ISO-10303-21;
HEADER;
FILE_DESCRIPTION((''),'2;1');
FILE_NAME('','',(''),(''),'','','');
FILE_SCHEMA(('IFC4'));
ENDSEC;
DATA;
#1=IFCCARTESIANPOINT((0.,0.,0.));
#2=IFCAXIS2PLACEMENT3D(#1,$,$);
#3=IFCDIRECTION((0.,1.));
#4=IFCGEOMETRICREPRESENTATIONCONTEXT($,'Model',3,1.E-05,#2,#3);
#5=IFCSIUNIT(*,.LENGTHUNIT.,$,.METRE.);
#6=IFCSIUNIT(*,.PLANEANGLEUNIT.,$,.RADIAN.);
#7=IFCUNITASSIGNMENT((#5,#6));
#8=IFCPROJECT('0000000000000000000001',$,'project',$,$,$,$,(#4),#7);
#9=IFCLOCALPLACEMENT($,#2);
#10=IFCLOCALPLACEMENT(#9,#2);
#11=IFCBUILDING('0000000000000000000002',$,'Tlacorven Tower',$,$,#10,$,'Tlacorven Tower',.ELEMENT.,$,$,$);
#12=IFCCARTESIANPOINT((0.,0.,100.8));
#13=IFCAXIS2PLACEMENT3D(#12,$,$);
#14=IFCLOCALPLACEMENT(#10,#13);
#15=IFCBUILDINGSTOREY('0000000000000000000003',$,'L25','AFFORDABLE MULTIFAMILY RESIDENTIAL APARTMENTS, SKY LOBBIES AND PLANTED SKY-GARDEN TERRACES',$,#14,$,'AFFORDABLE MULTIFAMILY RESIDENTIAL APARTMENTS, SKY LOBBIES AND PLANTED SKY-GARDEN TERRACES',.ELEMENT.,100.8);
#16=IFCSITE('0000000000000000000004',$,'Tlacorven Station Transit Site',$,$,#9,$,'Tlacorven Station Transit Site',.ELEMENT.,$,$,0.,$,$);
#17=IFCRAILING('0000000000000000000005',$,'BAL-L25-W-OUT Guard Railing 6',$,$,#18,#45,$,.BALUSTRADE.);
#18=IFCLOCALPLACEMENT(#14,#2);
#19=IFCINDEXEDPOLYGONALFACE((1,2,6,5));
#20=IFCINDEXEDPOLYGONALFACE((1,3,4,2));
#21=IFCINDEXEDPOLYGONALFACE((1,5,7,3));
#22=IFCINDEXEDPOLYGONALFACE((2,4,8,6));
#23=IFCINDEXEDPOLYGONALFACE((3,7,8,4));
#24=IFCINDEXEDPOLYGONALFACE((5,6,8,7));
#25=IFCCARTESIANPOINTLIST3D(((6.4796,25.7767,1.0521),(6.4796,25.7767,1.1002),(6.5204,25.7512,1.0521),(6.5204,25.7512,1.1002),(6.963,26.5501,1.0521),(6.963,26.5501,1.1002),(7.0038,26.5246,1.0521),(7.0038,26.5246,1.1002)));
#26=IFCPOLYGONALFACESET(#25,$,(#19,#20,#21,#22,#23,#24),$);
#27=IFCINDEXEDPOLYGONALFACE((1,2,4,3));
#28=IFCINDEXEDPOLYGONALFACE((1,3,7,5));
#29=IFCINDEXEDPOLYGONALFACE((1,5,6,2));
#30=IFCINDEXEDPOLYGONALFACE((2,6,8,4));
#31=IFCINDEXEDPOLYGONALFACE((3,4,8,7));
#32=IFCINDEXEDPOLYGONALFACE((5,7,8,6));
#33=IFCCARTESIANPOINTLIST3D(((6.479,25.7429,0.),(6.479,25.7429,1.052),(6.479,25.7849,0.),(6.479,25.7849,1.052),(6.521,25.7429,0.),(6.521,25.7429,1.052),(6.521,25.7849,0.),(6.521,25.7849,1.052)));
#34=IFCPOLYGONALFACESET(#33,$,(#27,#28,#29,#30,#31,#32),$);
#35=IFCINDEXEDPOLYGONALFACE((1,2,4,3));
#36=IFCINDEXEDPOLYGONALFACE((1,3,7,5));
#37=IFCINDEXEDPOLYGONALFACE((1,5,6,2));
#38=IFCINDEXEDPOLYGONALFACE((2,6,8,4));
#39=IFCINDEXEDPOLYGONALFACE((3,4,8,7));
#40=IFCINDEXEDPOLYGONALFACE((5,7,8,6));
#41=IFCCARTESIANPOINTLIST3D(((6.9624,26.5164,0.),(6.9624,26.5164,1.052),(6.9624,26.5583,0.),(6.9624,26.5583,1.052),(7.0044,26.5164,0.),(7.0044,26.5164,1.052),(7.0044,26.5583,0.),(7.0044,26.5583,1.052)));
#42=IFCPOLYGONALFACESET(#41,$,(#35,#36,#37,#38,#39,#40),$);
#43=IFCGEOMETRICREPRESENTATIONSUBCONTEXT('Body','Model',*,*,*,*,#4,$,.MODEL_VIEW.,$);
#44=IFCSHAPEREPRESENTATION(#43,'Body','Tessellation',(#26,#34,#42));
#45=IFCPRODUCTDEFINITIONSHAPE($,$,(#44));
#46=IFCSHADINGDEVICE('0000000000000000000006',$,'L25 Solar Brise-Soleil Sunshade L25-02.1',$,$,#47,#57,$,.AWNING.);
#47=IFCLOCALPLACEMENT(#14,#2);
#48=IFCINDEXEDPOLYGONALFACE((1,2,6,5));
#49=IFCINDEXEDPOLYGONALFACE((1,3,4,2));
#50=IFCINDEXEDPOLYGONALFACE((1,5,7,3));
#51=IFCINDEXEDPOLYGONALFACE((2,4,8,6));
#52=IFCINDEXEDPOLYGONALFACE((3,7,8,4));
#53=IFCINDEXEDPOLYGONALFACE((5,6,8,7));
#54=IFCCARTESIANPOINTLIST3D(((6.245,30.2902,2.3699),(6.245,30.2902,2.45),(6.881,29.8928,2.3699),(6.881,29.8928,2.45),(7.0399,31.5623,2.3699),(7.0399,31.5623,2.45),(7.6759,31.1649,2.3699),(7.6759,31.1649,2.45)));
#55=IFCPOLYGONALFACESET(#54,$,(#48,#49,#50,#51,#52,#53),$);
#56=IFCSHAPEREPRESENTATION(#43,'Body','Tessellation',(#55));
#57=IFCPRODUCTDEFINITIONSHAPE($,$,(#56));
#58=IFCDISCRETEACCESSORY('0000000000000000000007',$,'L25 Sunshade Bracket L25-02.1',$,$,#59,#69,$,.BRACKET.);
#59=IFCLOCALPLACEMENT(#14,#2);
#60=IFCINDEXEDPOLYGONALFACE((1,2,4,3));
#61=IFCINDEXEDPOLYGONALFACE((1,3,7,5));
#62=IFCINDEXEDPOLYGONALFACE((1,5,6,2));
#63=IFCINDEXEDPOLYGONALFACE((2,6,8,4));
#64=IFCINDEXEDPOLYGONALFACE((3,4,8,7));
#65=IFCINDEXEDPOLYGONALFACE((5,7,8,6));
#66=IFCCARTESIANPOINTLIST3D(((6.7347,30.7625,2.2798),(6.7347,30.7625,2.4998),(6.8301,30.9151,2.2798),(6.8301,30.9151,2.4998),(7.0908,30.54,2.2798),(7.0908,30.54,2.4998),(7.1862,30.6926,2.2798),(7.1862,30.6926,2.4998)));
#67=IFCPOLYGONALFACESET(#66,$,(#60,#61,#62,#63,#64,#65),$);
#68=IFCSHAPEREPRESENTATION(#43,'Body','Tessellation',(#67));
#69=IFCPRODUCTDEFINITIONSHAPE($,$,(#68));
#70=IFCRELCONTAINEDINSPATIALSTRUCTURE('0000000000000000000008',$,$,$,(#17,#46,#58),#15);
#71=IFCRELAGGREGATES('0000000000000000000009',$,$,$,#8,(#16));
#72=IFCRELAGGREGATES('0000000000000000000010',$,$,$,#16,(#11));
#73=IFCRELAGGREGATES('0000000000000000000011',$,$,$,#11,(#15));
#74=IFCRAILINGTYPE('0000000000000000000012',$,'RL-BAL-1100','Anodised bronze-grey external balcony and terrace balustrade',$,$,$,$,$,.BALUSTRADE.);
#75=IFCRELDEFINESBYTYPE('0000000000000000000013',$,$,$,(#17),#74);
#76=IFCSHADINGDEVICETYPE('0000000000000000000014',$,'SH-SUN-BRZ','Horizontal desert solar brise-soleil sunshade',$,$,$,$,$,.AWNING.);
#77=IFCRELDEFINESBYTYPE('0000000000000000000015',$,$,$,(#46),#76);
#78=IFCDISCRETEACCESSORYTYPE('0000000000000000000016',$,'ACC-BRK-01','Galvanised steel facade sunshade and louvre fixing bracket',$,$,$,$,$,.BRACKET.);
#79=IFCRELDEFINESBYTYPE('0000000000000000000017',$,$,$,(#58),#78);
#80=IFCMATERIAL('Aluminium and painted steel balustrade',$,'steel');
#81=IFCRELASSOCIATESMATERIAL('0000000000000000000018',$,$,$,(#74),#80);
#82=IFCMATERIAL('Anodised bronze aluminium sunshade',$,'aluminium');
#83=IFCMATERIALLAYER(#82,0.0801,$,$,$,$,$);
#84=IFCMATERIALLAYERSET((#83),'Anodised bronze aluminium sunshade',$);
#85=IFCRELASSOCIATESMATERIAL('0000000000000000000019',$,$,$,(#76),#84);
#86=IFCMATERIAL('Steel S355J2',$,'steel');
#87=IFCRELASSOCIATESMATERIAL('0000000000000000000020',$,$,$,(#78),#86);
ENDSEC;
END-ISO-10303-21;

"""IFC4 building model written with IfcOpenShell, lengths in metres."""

from ifc_helpers import new_model, si_unit, direction, frame, origin, origin_2d, place, context, subcontext, project, spatial, rectangle, extrude, source, transform, mapped, material, layer, layer_set, type_object, element, save


model = new_model("IFC4")

# Units and contexts
model_context = context("Model", 3, precision=1e-05, world=origin(), true_north=direction((0.0, 1.0)))
body_context = subcontext(model_context, "Body", "Model", "MODEL_VIEW")
ifc_project = project(units=[si_unit("LENGTHUNIT", "METRE"), si_unit("PLANEANGLEUNIT", "RADIAN")], contexts=[model_context])

# Site, building, storey
site_placement = place(None, origin())
site = spatial("IfcSite", under=ifc_project, at=site_placement, Name="Tlacorven Station Transit Site", LongName="Tlacorven Station Transit Site", CompositionType="ELEMENT", RefElevation=0.0)
building_placement = place(site_placement, origin())
building = spatial("IfcBuilding", under=site, at=building_placement, Name="Tlacorven Tower", LongName="Tlacorven Tower", CompositionType="ELEMENT")
storey_placement = place(building_placement, frame((0.0, 0.0, 100.8)))
storey = spatial("IfcBuildingStorey", under=building, at=storey_placement, Name="L25", Description="AFFORDABLE MULTIFAMILY RESIDENTIAL APARTMENTS, SKY LOBBIES AND PLANTED SKY-GARDEN TERRACES", LongName="AFFORDABLE MULTIFAMILY RESIDENTIAL APARTMENTS, SKY LOBBIES AND PLANTED SKY-GARDEN TERRACES", CompositionType="ELEMENT", Elevation=100.8)

# Shared definitions
ifc_material_1 = material(Name="Steel S355J2", Category="steel")

# Railing
ifc_material_2 = material(Name="Aluminium and painted steel balustrade", Category="steel")
railing_type = type_object("IfcRailingType", Name="RL-BAL-1100", Description="Anodised bronze-grey external balcony and terrace balustrade", PredefinedType="BALUSTRADE", material=ifc_material_2)
shared_shape_1 = source(origin(), body_context, "Body", "SweptSolid", [
    extrude(rectangle(XDim=0.0481, YDim=0.0481, at=origin_2d()), frame((0.0, 0.0, 1.0762), z_axis=(0.529999, 0.847998, 0.0), x_axis=(-0.847998, 0.529999, 0.0)), (0.0, 0.0, 1.0), 0.9121),
    extrude(rectangle(XDim=0.042, YDim=0.042, at=origin_2d()), origin(), (0.0, 0.0, 1.0), 1.052),
    extrude(rectangle(XDim=0.042, YDim=0.042, at=origin_2d()), frame((0.4834, 0.7734, 0.0)), (0.0, 0.0, 1.0), 1.052),
])
railing_1_placement = place(storey_placement, frame((6.5, 25.7639, 0.0)))
element("IfcRailing", 1, at=railing_1_placement, inside=storey, type_object=railing_type, Name="BAL-L25-W-OUT Guard Railing 6", PredefinedType="BALUSTRADE", context=body_context, shape_type="MappedRepresentation", body=[
    mapped(shared_shape_1, transform((0.0, 0.0, 0.0), scale=1.0)),
])

# Shading device
ifc_material_3 = material(Name="Anodised bronze aluminium sunshade", Category="aluminium")
ifc_layer_1 = layer(ifc_material_3, 0.0801)
ifc_layer_set_1 = layer_set([ifc_layer_1], Name="Anodised bronze aluminium sunshade")
shading_device_type = type_object("IfcShadingDeviceType", Name="SH-SUN-BRZ", Description="Horizontal desert solar brise-soleil sunshade", PredefinedType="AWNING", material=ifc_layer_set_1)
shared_shape_2 = source(origin(), body_context, "Body", "SweptSolid", [
    extrude(rectangle(XDim=1.5, YDim=0.75, at=origin_2d()), origin(), (0.0, 0.0, 1.0), 0.0801),
])
shading_device_placement = place(storey_placement, frame((6.9604, 30.7275, 2.3699), z_axis=(0.0, 0.0, 1.0), x_axis=(0.529919, 0.848048, 0.0)))
element("IfcShadingDevice", 2, at=shading_device_placement, inside=storey, type_object=shading_device_type, Name="L25 Solar Brise-Soleil Sunshade L25-02.1", PredefinedType="AWNING", context=body_context, shape_type="MappedRepresentation", body=[
    mapped(shared_shape_2, transform((0.0, 0.0, 0.0), scale=1.0)),
])

# Discrete accessory
discrete_accessory_type = type_object("IfcDiscreteAccessoryType", Name="ACC-BRK-01", Description="Galvanised steel facade sunshade and louvre fixing bracket", PredefinedType="BRACKET", material=ifc_material_1)
shared_shape_3 = source(origin(), body_context, "Body", "SweptSolid", [
    extrude(rectangle(XDim=0.1799, YDim=0.4199, at=origin_2d()), origin(), (0.0, 0.0, 1.0), 0.22),
])
discrete_accessory_placement = place(storey_placement, frame((6.9604, 30.7275, 2.2798), z_axis=(0.0, 0.0, 1.0), x_axis=(0.529919, 0.848048, 0.0)))
element("IfcDiscreteAccessory", 3, at=discrete_accessory_placement, inside=storey, type_object=discrete_accessory_type, Name="L25 Sunshade Bracket L25-02.1", PredefinedType="BRACKET", context=body_context, shape_type="MappedRepresentation", body=[
    mapped(shared_shape_3, transform((0.0, 0.0, 0.0), scale=1.0)),
])

save(model, "model.ifc")
